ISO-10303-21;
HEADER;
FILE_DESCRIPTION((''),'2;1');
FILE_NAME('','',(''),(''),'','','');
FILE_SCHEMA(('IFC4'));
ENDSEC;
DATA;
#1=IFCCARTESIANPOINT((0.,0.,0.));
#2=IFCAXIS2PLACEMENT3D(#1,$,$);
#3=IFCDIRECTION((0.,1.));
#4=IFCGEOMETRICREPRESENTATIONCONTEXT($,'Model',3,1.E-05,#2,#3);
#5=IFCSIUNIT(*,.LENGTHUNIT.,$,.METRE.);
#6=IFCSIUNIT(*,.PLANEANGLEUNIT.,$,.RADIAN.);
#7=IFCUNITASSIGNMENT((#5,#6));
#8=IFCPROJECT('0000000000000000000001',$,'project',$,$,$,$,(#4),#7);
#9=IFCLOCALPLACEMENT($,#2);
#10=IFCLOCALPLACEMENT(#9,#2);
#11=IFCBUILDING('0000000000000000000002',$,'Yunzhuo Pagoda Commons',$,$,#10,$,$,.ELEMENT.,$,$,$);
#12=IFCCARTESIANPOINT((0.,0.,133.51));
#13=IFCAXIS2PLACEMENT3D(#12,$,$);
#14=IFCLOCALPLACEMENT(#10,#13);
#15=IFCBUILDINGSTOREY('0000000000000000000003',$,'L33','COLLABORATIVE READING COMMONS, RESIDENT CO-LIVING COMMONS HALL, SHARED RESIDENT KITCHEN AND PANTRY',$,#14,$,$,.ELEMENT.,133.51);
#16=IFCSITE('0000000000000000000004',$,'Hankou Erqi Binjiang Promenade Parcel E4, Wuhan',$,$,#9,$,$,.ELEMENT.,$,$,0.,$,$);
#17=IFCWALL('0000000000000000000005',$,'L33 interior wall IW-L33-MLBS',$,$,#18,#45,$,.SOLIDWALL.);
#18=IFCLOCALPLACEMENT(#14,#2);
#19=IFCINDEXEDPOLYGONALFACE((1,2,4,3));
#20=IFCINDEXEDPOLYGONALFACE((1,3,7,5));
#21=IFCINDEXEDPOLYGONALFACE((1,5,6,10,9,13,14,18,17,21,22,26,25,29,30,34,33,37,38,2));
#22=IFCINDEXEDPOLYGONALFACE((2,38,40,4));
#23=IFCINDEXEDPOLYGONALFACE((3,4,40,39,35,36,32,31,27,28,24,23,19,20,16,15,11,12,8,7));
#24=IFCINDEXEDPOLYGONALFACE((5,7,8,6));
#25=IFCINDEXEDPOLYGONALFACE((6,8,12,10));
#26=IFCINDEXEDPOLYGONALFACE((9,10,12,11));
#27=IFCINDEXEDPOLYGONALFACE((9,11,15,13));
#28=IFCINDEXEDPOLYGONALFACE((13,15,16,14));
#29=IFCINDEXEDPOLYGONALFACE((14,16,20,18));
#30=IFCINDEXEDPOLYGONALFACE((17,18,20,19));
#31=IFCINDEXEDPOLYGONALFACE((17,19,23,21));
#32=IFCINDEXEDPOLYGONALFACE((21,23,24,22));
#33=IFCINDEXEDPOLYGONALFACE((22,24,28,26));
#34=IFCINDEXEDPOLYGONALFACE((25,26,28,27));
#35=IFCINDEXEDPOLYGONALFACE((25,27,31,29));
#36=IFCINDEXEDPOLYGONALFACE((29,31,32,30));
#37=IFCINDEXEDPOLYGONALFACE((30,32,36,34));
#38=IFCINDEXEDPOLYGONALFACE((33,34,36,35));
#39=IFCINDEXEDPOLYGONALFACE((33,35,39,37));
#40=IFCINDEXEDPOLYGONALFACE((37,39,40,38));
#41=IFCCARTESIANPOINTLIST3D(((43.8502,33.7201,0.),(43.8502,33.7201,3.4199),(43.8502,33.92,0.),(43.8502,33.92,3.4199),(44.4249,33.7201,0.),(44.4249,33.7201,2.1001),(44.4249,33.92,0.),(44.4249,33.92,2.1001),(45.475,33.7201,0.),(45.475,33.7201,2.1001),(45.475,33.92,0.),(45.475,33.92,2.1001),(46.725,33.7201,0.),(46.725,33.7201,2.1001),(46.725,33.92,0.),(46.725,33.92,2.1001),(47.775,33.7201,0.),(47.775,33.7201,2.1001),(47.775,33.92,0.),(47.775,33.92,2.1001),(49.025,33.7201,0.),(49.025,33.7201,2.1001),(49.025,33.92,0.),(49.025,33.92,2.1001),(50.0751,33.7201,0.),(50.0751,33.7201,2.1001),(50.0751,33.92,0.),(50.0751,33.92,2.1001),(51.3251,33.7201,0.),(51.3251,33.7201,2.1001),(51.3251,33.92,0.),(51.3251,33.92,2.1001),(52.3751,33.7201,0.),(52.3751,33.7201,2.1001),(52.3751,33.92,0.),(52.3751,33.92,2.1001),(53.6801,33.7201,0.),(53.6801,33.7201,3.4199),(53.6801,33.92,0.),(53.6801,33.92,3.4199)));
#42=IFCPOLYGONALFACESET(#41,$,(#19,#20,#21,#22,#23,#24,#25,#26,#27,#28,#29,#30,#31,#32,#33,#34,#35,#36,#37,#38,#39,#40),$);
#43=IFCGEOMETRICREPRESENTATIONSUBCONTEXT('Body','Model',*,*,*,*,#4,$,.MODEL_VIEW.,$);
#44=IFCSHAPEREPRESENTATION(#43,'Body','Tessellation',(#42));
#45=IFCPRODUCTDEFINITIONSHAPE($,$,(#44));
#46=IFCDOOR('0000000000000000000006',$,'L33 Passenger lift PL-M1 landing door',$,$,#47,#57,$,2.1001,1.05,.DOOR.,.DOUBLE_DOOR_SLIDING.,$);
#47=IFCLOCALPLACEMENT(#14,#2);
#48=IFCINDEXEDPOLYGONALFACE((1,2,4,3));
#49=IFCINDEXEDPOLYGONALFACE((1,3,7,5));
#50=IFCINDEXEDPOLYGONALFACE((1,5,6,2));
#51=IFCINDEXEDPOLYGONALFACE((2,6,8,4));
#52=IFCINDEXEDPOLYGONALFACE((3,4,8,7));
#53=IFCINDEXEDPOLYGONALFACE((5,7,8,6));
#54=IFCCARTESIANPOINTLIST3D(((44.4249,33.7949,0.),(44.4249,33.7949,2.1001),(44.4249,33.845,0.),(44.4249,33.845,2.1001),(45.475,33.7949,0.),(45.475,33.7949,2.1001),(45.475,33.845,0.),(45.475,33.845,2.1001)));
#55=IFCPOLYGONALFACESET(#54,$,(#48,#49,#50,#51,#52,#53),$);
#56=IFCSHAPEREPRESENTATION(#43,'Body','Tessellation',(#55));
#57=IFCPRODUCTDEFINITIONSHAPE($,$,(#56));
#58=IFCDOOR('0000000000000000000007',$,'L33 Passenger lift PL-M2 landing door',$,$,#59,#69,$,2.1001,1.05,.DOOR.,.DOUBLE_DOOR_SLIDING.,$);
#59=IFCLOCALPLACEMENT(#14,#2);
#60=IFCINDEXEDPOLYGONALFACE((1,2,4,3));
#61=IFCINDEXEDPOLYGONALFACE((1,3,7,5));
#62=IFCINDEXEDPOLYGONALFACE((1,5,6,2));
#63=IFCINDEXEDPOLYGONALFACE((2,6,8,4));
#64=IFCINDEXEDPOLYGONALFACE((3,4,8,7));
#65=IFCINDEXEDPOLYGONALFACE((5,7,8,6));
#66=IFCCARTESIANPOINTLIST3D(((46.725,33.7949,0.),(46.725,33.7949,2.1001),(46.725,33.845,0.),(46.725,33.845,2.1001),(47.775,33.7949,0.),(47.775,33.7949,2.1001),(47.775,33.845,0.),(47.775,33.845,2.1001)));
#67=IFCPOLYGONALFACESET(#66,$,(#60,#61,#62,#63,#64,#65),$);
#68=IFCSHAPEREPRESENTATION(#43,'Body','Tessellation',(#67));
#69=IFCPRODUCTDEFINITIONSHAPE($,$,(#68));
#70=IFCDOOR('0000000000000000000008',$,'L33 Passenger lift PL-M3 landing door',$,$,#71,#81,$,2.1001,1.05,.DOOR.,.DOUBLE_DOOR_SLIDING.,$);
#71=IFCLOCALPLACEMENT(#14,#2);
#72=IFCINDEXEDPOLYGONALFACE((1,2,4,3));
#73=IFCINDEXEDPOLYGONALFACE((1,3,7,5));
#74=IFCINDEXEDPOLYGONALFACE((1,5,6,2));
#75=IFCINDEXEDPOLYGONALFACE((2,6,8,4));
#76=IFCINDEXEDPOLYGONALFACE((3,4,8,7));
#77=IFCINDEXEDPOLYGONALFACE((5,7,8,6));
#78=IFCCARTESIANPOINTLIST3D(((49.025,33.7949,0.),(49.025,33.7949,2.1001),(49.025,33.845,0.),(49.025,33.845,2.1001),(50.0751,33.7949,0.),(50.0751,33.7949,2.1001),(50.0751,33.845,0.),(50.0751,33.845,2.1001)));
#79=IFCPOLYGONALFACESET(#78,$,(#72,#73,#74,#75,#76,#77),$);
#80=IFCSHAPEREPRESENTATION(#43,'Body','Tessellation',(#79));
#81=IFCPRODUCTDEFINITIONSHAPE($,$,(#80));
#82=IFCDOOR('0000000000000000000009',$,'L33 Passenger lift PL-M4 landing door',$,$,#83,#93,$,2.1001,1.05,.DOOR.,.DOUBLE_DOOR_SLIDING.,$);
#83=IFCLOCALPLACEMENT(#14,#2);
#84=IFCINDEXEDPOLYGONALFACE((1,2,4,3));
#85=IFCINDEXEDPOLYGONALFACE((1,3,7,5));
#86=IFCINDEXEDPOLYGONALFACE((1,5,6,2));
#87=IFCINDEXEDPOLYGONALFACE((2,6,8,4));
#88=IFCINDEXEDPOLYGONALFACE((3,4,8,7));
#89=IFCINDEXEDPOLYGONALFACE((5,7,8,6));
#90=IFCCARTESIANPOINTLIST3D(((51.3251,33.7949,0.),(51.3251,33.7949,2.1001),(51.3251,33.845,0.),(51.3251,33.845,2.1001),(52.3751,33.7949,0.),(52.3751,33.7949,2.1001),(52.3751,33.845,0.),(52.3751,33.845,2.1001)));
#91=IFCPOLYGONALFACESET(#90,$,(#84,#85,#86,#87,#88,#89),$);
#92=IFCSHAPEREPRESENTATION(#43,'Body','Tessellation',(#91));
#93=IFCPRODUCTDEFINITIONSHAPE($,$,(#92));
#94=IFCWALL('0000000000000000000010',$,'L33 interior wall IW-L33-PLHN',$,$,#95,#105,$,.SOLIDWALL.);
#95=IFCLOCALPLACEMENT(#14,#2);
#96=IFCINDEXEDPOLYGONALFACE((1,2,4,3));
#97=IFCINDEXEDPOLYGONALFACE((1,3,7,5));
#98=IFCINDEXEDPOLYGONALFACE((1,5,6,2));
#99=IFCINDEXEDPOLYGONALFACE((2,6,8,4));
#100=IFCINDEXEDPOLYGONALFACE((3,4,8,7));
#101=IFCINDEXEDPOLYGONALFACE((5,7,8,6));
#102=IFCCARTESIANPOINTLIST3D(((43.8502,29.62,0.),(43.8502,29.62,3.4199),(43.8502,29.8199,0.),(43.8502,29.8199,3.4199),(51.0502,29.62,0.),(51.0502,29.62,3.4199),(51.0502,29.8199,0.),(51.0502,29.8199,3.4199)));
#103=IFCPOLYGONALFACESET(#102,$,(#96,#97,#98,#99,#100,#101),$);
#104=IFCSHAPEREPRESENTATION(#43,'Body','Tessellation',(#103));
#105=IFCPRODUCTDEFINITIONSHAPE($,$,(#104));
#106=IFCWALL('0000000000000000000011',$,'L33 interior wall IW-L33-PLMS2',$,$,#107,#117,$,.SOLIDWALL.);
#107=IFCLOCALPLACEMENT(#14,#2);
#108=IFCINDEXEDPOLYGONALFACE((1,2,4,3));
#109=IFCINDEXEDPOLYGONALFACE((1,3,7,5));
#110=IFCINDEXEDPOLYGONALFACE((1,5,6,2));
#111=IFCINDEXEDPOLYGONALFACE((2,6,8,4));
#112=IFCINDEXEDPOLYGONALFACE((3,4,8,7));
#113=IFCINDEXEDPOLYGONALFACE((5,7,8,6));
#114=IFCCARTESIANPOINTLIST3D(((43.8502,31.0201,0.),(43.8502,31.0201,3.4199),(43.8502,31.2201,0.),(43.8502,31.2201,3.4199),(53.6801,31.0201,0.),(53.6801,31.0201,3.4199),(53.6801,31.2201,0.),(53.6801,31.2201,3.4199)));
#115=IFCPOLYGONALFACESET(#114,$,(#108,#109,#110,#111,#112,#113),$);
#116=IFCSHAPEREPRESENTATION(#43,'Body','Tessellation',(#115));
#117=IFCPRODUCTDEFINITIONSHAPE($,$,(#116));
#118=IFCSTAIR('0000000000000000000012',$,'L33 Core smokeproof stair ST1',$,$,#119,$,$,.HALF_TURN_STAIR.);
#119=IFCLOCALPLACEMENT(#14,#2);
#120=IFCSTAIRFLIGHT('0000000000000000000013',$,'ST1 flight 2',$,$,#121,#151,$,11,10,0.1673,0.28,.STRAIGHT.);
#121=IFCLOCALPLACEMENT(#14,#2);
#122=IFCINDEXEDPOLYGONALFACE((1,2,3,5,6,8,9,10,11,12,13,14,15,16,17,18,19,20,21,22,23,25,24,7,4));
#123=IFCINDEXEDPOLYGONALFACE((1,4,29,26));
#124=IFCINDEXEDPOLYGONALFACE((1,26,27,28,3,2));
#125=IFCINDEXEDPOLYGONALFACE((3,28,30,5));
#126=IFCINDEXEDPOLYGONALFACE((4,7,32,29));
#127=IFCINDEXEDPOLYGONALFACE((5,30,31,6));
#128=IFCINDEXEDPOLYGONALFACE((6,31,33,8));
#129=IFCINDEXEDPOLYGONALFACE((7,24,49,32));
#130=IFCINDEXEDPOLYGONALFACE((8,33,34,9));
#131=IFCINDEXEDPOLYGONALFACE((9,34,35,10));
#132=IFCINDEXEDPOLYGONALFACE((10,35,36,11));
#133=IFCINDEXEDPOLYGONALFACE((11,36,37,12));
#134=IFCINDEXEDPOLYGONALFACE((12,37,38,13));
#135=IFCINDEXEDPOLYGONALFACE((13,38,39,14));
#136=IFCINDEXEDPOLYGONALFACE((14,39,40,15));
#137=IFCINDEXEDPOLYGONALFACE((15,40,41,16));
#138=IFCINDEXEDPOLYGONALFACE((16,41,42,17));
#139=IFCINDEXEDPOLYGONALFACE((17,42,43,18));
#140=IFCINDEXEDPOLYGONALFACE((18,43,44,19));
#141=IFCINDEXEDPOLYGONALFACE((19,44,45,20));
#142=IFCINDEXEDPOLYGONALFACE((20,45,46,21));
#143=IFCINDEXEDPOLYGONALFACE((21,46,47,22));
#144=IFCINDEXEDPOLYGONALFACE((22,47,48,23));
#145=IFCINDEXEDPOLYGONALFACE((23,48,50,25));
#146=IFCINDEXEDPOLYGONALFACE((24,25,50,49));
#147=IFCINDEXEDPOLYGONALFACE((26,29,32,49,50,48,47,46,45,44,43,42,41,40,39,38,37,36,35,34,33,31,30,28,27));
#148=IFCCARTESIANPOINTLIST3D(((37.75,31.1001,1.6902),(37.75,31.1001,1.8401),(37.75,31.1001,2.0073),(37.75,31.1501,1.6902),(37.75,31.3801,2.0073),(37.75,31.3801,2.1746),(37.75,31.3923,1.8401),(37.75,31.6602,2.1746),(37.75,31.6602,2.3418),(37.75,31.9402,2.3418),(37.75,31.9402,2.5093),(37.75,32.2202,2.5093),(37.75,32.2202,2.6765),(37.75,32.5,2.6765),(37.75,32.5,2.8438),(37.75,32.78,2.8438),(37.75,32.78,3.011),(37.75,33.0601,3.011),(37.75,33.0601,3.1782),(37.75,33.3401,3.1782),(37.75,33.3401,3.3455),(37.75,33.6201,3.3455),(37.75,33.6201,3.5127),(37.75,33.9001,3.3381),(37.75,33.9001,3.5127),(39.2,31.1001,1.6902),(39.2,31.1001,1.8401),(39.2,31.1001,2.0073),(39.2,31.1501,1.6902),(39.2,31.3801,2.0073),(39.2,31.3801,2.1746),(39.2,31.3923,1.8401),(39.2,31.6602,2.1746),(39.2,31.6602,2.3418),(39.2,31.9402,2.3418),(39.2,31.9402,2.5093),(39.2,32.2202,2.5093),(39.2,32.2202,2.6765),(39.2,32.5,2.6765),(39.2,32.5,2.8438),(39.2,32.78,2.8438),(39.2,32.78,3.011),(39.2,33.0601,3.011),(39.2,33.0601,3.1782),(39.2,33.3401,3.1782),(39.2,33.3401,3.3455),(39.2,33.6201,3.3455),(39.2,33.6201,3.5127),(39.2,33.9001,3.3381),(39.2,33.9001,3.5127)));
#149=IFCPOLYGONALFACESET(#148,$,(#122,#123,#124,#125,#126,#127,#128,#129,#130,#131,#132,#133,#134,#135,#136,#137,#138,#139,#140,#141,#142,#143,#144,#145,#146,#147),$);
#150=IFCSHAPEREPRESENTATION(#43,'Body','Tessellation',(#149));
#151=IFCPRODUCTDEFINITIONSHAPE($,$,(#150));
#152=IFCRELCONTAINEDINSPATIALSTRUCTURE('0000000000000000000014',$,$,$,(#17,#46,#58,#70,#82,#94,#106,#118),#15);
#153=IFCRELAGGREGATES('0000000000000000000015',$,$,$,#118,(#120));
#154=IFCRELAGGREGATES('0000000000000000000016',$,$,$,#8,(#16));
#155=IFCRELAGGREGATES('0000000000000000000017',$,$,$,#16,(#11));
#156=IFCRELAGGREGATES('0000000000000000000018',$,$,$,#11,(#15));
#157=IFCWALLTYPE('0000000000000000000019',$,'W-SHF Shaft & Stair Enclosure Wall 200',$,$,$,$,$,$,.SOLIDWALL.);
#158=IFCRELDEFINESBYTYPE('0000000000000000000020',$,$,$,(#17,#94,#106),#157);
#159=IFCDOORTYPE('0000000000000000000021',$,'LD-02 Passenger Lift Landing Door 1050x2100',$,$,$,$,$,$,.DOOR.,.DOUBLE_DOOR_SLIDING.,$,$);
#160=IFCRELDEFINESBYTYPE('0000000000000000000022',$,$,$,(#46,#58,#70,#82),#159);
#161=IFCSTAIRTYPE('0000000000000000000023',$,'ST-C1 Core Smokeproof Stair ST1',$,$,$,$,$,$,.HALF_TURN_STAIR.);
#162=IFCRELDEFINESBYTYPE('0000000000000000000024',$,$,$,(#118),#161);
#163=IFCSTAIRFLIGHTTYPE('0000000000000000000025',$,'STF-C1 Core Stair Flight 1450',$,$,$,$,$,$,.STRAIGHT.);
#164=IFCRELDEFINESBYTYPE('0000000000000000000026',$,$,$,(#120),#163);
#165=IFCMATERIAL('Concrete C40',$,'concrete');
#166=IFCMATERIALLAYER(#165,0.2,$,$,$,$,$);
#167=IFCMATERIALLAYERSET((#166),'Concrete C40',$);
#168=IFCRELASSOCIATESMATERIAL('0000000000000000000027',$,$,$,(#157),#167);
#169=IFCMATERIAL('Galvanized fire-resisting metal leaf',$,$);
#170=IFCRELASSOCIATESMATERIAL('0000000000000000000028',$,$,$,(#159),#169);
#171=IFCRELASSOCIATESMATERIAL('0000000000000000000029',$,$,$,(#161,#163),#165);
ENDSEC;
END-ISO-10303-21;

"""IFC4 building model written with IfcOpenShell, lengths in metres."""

from ifc_helpers import new_model, si_unit, direction, frame, frame_2d, origin, origin_with_axes, place, context, subcontext, project, spatial, polyline, rectangle, outline, extrude, source, transform, mapped, material, layer, layer_set, type_object, element, fill, aggregate, save


model = new_model("IFC4")

# Units and contexts
model_context = context("Model", 3, precision=1e-05, world=origin(), true_north=direction((0.0, 1.0)))
body_context = subcontext(model_context, "Body", "Model", "MODEL_VIEW")
ifc_project = project(units=[si_unit("LENGTHUNIT", "METRE"), si_unit("PLANEANGLEUNIT", "RADIAN")], contexts=[model_context])

# Site, building, storey
site_placement = place(None, origin())
site = spatial("IfcSite", under=ifc_project, at=site_placement, Name="Hankou Erqi Binjiang Promenade Parcel E4, Wuhan", CompositionType="ELEMENT", RefElevation=0.0)
building_placement = place(site_placement, origin())
building = spatial("IfcBuilding", under=site, at=building_placement, Name="Yunzhuo Pagoda Commons", CompositionType="ELEMENT")
storey_placement = place(building_placement, frame((0.0, 0.0, 133.51)))
storey = spatial("IfcBuildingStorey", under=building, at=storey_placement, Name="L33", Description="COLLABORATIVE READING COMMONS, RESIDENT CO-LIVING COMMONS HALL, SHARED RESIDENT KITCHEN AND PANTRY", CompositionType="ELEMENT", Elevation=133.51)

# Shared definitions
ifc_material_1 = material(Name="Concrete C40", Category="concrete")
ifc_layer_1 = layer(ifc_material_1, 0.2)
ifc_layer_set_1 = layer_set([ifc_layer_1], Name="Concrete C40")
wall_type_1 = type_object("IfcWallType", Name="W-SHF Shaft & Stair Enclosure Wall 200", PredefinedType="SOLIDWALL", material=ifc_layer_set_1)
ifc_material_2 = material(Name="Galvanized fire-resisting metal leaf")
door_type = type_object("IfcDoorType", Name="LD-02 Passenger Lift Landing Door 1050x2100", OperationType="DOUBLE_DOOR_SLIDING", PredefinedType="DOOR", material=ifc_material_2)
shared_shape_1 = source(origin(), body_context, "Body", "SweptSolid", [
    extrude(rectangle(XDim=1.05, YDim=2.1001, at=frame_2d((0.5249, 1.05))), frame((0.0, 0.0249, 0.0), z_axis=(0.0, -1.0, 0.0), x_axis=(1.0, 0.0, 0.0)), (0.0, 0.0, 1.0), 0.05),
])

# Wall, openings, doors
wall_1_placement = place(storey_placement, frame((43.8501, 33.8201, 0.0), z_axis=(0.0, 0.0, 1.0), x_axis=(1.0, 0.0, 0.0)))
wall_1 = element("IfcWall", 1, at=wall_1_placement, inside=storey, type_object=wall_type_1, Name="L33 interior wall IW-L33-MLBS", PredefinedType="SOLIDWALL", context=body_context, shape_type="SweptSolid", body=[
    extrude(rectangle(XDim=9.8298, YDim=0.2, at=frame_2d((4.915, 0.0))), origin(), (0.0, 0.0, 1.0), 3.4199),
])
opening_1_placement = place(wall_1_placement, frame((0.575, 0.0, 0.0)))
opening_1 = element("IfcOpeningElement", 2, at=opening_1_placement, cuts=wall_1, PredefinedType="OPENING", context=body_context, shape_type="SweptSolid", body=[
    extrude(rectangle(XDim=1.05, YDim=2.1001, at=frame_2d((0.5249, 1.05))), frame((0.0, 0.1099, 0.0), z_axis=(0.0, -1.0, 0.0), x_axis=(1.0, 0.0, 0.0)), (0.0, 0.0, 1.0), 0.22),
])
opening_2_placement = place(wall_1_placement, frame((2.875, 0.0, 0.0)))
opening_2 = element("IfcOpeningElement", 3, at=opening_2_placement, cuts=wall_1, PredefinedType="OPENING", context=body_context, shape_type="SweptSolid", body=[
    extrude(rectangle(XDim=1.05, YDim=2.1001, at=frame_2d((0.5249, 1.05))), frame((0.0, 0.1099, 0.0), z_axis=(0.0, -1.0, 0.0), x_axis=(1.0, 0.0, 0.0)), (0.0, 0.0, 1.0), 0.22),
])
opening_3_placement = place(wall_1_placement, frame((5.175, 0.0, 0.0)))
opening_3 = element("IfcOpeningElement", 4, at=opening_3_placement, cuts=wall_1, PredefinedType="OPENING", context=body_context, shape_type="SweptSolid", body=[
    extrude(rectangle(XDim=1.05, YDim=2.1001, at=frame_2d((0.5249, 1.05))), frame((0.0, 0.1099, 0.0), z_axis=(0.0, -1.0, 0.0), x_axis=(1.0, 0.0, 0.0)), (0.0, 0.0, 1.0), 0.22),
])
opening_4_placement = place(wall_1_placement, frame((7.4751, 0.0, 0.0)))
opening_4 = element("IfcOpeningElement", 5, at=opening_4_placement, cuts=wall_1, PredefinedType="OPENING", context=body_context, shape_type="SweptSolid", body=[
    extrude(rectangle(XDim=1.05, YDim=2.1001, at=frame_2d((0.5249, 1.05))), frame((0.0, 0.1099, 0.0), z_axis=(0.0, -1.0, 0.0), x_axis=(1.0, 0.0, 0.0)), (0.0, 0.0, 1.0), 0.22),
])
door_1_placement = place(opening_1_placement, origin_with_axes())
door_1 = element("IfcDoor", 6, at=door_1_placement, inside=storey, type_object=door_type, Name="L33 Passenger lift PL-M1 landing door", OperationType="DOUBLE_DOOR_SLIDING", OverallHeight=2.1001, OverallWidth=1.05, PredefinedType="DOOR", context=body_context, shape_type="MappedRepresentation", body=[
    mapped(shared_shape_1, transform((0.0, 0.0, 0.0), scale=1.0)),
])
fill(opening_1, door_1)
door_2_placement = place(opening_2_placement, origin_with_axes())
door_2 = element("IfcDoor", 7, at=door_2_placement, inside=storey, type_object=door_type, Name="L33 Passenger lift PL-M2 landing door", OperationType="DOUBLE_DOOR_SLIDING", OverallHeight=2.1001, OverallWidth=1.05, PredefinedType="DOOR", context=body_context, shape_type="MappedRepresentation", body=[
    mapped(shared_shape_1, transform((0.0, 0.0, 0.0), scale=1.0)),
])
fill(opening_2, door_2)
door_3_placement = place(opening_3_placement, origin_with_axes())
door_3 = element("IfcDoor", 8, at=door_3_placement, inside=storey, type_object=door_type, Name="L33 Passenger lift PL-M3 landing door", OperationType="DOUBLE_DOOR_SLIDING", OverallHeight=2.1001, OverallWidth=1.05, PredefinedType="DOOR", context=body_context, shape_type="MappedRepresentation", body=[
    mapped(shared_shape_1, transform((0.0, 0.0, 0.0), scale=1.0)),
])
fill(opening_3, door_3)
door_4_placement = place(opening_4_placement, origin_with_axes())
door_4 = element("IfcDoor", 9, at=door_4_placement, inside=storey, type_object=door_type, Name="L33 Passenger lift PL-M4 landing door", OperationType="DOUBLE_DOOR_SLIDING", OverallHeight=2.1001, OverallWidth=1.05, PredefinedType="DOOR", context=body_context, shape_type="MappedRepresentation", body=[
    mapped(shared_shape_1, transform((0.0, 0.0, 0.0), scale=1.0)),
])
fill(opening_4, door_4)

# Walls
wall_2_placement = place(storey_placement, frame((43.8501, 29.72, 0.0), z_axis=(0.0, 0.0, 1.0), x_axis=(1.0, 0.0, 0.0)))
element("IfcWall", 10, at=wall_2_placement, inside=storey, type_object=wall_type_1, Name="L33 interior wall IW-L33-PLHN", PredefinedType="SOLIDWALL", context=body_context, shape_type="SweptSolid", body=[
    extrude(rectangle(XDim=7.2, YDim=0.2, at=frame_2d((3.6001, 0.0))), origin(), (0.0, 0.0, 1.0), 3.4199),
])
wall_3_placement = place(storey_placement, frame((43.8501, 31.1201, 0.0), z_axis=(0.0, 0.0, 1.0), x_axis=(1.0, 0.0, 0.0)))
element("IfcWall", 11, at=wall_3_placement, inside=storey, type_object=wall_type_1, Name="L33 interior wall IW-L33-PLMS2", PredefinedType="SOLIDWALL", context=body_context, shape_type="SweptSolid", body=[
    extrude(rectangle(XDim=9.8298, YDim=0.2, at=frame_2d((4.915, 0.0))), origin(), (0.0, 0.0, 1.0), 3.4199),
])

# Stair, stair flight
stair_type = type_object("IfcStairType", Name="ST-C1 Core Smokeproof Stair ST1", PredefinedType="HALF_TURN_STAIR", material=ifc_material_1)
stair_placement = place(storey_placement, origin())
stair = element("IfcStair", 12, at=stair_placement, inside=storey, type_object=stair_type, Name="L33 Core smokeproof stair ST1", PredefinedType="HALF_TURN_STAIR")
stair_flight_type = type_object("IfcStairFlightType", Name="STF-C1 Core Stair Flight 1450", PredefinedType="STRAIGHT", material=ifc_material_1)
shared_shape_2 = source(origin(), body_context, "Body", "SweptSolid", [
    extrude(outline(polyline([(0.0, -0.1499), (0.0, 0.0), (0.0, 0.1672), (0.28, 0.1672), (0.28, 0.3345), (0.5601, 0.3345), (0.5601, 0.5017), (0.8401, 0.5017), (0.8401, 0.6692), (1.1201, 0.6692), (1.1201, 0.8364), (1.3999, 0.8364), (1.3999, 1.0037), (1.6799, 1.0037), (1.6799, 1.1709), (1.96, 1.1709), (1.96, 1.3381), (2.24, 1.3381), (2.24, 1.5054), (2.52, 1.5054), (2.52, 1.6726), (2.8, 1.6726), (2.8, 1.8401), (2.8, 1.498), (0.2922, 0.0), (0.05, -0.1499), (0.0, -0.1499)])), frame((0.0, 0.7251, 0.0), z_axis=(0.0, -1.0, 0.0), x_axis=(1.0, 0.0, 0.0)), (0.0, 0.0, 1.0), 1.45),
])
stair_flight_placement = place(storey_placement, frame((38.4751, 31.1001, 1.8401), z_axis=(0.0, 0.0, 1.0), x_axis=(0.0, 1.0, 0.0)))
stair_flight = element("IfcStairFlight", 13, at=stair_flight_placement, type_object=stair_flight_type, Name="ST1 flight 2", NumberOfRisers=11, NumberOfTreads=10, PredefinedType="STRAIGHT", RiserHeight=0.1673, TreadLength=0.28, context=body_context, shape_type="MappedRepresentation", body=[
    mapped(shared_shape_2, transform((0.0, 0.0, 0.0), scale=1.0)),
])
aggregate(stair, [stair_flight])

save(model, "model.ifc")
